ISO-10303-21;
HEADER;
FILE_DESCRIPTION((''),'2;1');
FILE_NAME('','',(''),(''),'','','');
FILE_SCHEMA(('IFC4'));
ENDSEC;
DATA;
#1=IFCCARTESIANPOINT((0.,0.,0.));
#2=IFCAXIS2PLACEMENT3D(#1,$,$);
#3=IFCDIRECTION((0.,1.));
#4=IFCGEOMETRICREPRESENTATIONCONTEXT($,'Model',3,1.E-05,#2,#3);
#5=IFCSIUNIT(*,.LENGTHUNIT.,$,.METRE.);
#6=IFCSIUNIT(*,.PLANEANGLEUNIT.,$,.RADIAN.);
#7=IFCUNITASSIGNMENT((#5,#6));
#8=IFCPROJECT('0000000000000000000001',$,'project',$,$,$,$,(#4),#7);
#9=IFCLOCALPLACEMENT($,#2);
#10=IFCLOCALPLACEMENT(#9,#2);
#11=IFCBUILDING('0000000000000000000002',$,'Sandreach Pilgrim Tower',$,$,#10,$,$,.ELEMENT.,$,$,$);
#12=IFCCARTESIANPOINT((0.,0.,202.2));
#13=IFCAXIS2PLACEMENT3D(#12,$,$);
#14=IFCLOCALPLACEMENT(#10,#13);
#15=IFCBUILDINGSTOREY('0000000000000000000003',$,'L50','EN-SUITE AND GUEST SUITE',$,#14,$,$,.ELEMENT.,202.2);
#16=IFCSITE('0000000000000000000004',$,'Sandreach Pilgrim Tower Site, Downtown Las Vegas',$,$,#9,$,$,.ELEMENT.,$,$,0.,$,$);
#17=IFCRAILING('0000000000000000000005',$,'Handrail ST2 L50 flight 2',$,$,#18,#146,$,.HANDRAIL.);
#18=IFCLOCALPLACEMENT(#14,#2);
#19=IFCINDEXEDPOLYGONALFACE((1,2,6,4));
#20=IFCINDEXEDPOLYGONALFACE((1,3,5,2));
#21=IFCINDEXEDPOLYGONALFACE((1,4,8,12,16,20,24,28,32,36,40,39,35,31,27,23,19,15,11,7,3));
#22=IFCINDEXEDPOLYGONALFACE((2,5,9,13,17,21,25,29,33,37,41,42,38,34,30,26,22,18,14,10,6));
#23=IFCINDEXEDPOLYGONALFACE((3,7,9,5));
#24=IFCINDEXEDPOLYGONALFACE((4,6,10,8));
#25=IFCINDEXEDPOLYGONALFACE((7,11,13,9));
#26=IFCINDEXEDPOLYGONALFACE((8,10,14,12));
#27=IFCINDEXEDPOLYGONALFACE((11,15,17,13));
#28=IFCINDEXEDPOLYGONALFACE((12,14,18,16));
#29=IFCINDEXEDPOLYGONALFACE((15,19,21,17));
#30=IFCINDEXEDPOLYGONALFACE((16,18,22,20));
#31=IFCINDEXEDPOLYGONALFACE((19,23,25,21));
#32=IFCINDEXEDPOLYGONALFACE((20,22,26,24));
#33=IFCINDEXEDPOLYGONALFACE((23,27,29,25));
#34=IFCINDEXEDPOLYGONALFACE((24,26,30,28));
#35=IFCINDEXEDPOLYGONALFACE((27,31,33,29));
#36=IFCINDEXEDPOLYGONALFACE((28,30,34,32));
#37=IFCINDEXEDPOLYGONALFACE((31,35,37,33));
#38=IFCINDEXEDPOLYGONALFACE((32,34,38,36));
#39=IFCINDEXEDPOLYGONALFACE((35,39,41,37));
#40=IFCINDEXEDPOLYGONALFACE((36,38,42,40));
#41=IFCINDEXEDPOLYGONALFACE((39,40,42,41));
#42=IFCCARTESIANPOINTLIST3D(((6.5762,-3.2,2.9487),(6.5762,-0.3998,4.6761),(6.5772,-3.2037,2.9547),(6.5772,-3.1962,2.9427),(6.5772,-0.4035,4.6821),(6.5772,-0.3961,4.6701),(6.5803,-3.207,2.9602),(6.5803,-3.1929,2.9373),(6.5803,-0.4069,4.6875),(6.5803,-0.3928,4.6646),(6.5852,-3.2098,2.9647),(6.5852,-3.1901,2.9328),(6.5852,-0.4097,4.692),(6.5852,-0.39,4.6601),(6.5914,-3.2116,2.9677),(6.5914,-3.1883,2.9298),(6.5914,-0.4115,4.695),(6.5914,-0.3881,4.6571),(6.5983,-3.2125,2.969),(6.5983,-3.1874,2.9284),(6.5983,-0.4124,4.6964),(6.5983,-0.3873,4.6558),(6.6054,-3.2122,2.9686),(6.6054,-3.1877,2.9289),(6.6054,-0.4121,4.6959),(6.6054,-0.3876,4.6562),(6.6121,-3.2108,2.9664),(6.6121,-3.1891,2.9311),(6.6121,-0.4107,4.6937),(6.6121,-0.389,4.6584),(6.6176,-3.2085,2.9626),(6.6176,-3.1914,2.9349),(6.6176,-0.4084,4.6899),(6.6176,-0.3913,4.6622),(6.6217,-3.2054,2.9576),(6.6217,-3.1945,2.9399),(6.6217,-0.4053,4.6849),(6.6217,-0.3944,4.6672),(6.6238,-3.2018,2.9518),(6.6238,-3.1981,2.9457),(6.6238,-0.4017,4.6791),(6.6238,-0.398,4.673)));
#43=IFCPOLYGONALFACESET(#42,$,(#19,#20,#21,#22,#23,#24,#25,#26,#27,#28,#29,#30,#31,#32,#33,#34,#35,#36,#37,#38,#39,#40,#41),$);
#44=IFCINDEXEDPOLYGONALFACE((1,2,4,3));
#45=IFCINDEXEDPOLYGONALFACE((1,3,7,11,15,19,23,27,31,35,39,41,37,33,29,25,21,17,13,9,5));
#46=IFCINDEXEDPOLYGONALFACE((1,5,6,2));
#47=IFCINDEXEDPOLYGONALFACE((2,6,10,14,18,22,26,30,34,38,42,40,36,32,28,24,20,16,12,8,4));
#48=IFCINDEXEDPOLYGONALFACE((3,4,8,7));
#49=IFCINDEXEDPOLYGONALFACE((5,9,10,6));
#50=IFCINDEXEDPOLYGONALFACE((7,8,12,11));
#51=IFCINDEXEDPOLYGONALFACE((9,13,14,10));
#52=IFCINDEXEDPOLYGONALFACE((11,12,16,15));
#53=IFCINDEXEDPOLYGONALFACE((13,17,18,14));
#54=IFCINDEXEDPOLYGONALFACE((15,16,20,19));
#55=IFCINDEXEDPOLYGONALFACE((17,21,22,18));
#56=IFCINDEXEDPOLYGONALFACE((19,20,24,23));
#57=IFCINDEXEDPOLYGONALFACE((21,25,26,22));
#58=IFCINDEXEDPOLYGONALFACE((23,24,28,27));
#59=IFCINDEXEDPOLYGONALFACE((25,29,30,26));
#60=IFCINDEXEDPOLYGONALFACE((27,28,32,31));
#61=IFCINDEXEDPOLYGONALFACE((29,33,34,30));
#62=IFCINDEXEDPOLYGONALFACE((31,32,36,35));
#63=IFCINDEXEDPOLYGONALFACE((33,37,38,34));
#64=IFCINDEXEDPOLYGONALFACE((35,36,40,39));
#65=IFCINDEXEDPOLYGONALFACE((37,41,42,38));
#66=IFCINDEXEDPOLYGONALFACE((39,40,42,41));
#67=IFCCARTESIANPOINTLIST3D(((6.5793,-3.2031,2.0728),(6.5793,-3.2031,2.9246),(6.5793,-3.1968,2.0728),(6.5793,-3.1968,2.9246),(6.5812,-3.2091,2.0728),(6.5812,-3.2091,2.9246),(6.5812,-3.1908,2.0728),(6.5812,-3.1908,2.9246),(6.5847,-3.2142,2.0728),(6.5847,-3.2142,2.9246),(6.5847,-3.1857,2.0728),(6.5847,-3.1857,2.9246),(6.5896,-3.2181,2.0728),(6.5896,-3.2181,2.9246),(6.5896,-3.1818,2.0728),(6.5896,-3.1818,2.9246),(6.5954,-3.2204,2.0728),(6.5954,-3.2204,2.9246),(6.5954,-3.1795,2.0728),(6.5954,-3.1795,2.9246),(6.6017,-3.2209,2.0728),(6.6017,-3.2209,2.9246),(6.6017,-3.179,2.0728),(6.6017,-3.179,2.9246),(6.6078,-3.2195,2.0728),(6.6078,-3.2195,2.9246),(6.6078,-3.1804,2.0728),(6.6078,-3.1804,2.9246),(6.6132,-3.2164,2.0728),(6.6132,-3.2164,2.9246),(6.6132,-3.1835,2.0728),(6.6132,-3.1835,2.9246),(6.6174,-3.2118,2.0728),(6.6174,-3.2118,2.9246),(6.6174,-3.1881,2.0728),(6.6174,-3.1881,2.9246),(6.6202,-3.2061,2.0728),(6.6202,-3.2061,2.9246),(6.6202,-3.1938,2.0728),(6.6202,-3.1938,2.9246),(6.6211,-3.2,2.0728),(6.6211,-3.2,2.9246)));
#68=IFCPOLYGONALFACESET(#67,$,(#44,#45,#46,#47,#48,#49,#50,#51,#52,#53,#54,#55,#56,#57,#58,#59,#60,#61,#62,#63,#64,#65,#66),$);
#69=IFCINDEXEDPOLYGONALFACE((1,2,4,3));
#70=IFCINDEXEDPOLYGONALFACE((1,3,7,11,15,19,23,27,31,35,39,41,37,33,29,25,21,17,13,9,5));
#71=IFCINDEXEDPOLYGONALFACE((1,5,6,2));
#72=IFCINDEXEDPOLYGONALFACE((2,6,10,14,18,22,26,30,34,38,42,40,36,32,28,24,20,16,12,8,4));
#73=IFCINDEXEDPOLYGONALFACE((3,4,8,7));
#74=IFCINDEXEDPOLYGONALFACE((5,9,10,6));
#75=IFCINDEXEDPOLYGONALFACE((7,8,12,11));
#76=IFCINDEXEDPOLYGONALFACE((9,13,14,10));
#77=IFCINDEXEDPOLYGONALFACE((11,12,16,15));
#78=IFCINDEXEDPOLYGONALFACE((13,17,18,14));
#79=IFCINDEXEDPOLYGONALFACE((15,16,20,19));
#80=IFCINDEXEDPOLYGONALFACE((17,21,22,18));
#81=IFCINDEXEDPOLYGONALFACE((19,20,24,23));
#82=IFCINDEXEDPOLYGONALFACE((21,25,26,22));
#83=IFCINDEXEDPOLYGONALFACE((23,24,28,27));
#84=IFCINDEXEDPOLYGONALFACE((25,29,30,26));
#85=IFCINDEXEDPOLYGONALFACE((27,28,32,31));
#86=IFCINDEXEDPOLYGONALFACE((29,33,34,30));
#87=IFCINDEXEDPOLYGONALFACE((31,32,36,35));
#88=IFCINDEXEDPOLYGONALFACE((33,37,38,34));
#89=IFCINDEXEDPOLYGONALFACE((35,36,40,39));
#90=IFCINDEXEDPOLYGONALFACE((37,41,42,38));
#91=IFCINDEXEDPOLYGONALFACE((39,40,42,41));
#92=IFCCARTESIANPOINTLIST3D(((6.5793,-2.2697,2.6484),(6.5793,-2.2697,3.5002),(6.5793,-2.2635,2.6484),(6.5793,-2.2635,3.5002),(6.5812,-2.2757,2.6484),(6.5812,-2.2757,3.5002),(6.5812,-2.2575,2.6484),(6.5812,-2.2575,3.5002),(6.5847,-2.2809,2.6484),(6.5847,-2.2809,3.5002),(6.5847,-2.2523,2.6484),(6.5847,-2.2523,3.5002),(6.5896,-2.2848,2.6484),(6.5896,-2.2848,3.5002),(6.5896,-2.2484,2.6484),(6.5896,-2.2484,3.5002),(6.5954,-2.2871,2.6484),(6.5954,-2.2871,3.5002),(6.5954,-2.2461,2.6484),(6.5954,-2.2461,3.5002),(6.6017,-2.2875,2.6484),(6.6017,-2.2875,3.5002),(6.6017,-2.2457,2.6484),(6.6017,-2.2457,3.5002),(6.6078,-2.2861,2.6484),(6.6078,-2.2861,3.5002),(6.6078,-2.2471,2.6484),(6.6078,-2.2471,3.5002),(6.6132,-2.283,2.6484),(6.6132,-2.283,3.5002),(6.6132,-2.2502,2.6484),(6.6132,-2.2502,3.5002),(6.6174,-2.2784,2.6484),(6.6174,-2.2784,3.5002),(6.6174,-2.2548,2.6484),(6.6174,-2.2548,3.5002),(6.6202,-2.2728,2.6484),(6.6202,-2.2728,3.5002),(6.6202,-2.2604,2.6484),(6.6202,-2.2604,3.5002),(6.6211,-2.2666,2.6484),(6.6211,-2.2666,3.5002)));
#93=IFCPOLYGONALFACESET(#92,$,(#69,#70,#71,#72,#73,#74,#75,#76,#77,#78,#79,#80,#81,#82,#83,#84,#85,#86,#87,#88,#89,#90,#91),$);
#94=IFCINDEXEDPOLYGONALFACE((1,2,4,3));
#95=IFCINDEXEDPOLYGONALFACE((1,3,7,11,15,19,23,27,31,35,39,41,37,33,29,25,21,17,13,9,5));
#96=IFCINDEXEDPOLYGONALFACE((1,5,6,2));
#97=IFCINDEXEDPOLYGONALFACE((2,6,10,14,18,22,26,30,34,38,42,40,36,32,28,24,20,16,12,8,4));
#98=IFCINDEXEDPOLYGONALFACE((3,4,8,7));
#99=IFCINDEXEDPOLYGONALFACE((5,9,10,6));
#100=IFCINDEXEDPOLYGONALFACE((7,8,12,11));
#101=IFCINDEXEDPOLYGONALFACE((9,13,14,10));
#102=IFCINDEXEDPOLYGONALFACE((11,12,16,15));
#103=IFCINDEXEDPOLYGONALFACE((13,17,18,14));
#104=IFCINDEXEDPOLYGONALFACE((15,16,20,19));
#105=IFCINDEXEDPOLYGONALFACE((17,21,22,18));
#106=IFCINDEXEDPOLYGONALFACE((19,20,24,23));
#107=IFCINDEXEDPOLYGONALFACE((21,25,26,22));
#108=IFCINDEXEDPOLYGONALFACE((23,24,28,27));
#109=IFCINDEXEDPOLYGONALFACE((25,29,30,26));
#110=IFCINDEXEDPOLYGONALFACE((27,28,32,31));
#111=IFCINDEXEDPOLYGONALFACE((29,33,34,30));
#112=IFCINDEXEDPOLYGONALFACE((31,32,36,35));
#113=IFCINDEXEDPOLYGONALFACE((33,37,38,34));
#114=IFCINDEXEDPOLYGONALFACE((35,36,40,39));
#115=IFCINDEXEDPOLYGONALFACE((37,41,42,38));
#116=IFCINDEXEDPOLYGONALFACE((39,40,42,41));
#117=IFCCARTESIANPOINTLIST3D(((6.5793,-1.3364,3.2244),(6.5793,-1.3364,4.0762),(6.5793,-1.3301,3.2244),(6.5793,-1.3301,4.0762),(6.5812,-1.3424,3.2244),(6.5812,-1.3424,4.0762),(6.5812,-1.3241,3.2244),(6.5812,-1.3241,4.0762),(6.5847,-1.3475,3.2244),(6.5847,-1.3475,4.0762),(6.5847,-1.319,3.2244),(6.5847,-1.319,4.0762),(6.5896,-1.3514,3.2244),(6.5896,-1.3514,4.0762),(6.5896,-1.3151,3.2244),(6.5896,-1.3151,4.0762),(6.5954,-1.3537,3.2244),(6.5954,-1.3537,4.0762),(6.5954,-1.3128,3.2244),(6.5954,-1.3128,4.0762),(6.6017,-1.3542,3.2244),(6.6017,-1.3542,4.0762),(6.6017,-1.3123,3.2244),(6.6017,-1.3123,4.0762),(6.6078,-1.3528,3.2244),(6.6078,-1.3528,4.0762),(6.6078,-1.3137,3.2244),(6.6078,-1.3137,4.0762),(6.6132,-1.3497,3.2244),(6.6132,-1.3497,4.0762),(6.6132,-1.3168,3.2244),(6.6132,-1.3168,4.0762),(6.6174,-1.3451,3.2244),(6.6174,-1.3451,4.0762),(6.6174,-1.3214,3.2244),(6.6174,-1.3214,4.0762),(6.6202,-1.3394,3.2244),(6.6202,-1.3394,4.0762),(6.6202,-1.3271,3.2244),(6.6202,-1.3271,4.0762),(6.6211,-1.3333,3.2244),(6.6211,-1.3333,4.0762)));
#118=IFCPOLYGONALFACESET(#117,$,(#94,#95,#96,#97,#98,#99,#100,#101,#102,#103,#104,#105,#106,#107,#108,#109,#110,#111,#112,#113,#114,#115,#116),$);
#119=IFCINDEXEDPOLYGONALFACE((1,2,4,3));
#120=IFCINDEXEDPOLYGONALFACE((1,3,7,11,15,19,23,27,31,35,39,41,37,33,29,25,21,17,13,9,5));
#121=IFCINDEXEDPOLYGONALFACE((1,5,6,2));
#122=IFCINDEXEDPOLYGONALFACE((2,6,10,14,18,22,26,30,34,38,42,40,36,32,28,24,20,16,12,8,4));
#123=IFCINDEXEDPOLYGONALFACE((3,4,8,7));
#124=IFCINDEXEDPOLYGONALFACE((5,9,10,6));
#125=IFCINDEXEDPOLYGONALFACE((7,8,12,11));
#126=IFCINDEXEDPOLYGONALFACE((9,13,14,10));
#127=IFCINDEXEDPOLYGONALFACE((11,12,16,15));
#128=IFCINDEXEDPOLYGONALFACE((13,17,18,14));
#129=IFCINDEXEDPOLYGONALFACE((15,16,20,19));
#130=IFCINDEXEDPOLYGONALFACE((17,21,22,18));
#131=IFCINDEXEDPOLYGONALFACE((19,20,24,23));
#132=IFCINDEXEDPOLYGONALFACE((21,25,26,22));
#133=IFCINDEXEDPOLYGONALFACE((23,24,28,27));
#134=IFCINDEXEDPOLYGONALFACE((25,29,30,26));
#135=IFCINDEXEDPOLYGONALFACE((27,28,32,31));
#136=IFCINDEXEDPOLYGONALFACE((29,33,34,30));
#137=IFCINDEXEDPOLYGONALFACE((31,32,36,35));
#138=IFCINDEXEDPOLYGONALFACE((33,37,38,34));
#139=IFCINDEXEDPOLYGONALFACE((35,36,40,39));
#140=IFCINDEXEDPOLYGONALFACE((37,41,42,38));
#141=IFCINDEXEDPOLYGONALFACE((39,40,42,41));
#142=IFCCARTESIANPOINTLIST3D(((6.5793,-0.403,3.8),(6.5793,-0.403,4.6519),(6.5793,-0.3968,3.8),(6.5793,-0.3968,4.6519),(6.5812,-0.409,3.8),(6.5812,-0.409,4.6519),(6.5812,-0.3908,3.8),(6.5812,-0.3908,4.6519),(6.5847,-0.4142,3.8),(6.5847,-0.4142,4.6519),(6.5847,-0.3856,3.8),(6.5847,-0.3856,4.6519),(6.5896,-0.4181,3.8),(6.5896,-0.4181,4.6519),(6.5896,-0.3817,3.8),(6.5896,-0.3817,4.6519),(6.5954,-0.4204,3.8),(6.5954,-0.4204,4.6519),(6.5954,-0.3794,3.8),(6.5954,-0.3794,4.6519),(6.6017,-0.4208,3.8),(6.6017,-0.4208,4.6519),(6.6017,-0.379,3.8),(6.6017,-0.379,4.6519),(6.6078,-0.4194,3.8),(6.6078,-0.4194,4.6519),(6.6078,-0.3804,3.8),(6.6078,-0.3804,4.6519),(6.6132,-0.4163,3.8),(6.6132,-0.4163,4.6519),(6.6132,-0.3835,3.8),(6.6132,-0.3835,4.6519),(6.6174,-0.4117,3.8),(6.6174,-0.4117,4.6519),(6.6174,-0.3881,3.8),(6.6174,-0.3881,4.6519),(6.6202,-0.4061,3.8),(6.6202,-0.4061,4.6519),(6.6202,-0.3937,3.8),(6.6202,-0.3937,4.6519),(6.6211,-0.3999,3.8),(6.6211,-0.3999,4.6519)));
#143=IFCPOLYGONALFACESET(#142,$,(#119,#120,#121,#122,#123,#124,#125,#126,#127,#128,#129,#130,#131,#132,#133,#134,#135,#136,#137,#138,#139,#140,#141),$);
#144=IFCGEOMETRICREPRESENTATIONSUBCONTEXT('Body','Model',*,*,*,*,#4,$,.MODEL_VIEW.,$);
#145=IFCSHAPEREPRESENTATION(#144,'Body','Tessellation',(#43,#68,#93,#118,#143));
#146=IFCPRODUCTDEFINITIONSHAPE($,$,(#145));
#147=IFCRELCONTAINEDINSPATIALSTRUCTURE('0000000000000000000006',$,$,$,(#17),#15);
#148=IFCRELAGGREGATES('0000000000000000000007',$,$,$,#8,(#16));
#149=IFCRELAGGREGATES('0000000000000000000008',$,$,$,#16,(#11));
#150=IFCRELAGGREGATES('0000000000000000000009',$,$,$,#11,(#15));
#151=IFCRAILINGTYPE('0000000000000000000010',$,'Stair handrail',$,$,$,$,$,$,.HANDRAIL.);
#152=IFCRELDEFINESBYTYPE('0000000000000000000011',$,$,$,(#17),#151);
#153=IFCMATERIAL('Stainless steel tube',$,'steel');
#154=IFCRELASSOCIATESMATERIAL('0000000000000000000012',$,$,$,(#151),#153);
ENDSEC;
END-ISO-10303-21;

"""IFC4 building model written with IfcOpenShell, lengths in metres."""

from ifc_helpers import new_model, si_unit, direction, frame, origin, origin_2d, place, context, subcontext, project, spatial, circle, extrude, material, type_object, element, save


model = new_model("IFC4")

# Units and contexts
model_context = context("Model", 3, precision=1e-05, world=origin(), true_north=direction((0.0, 1.0)))
body_context = subcontext(model_context, "Body", "Model", "MODEL_VIEW")
ifc_project = project(units=[si_unit("LENGTHUNIT", "METRE"), si_unit("PLANEANGLEUNIT", "RADIAN")], contexts=[model_context])

# Site, building, storey
site_placement = place(None, origin())
site = spatial("IfcSite", under=ifc_project, at=site_placement, Name="Sandreach Pilgrim Tower Site, Downtown Las Vegas", CompositionType="ELEMENT", RefElevation=0.0)
building_placement = place(site_placement, origin())
building = spatial("IfcBuilding", under=site, at=building_placement, Name="Sandreach Pilgrim Tower", CompositionType="ELEMENT")
storey_placement = place(building_placement, frame((0.0, 0.0, 202.2)))
storey = spatial("IfcBuildingStorey", under=building, at=storey_placement, Name="L50", Description="EN-SUITE AND GUEST SUITE", CompositionType="ELEMENT", Elevation=202.2)

# Railing
ifc_material_1 = material(Name="Stainless steel tube", Category="steel")
railing_type = type_object("IfcRailingType", Name="Stair handrail", PredefinedType="HANDRAIL", material=ifc_material_1)
for number, where, name in (
    (1, (6.6001, -3.2, 2.0728), "Handrail ST2 L50 flight 2"),
):
    element("IfcRailing", number, at=place(storey_placement, frame(where)), inside=storey, type_object=railing_type, Name=name, PredefinedType="HANDRAIL", context=body_context, shape_type="SweptSolid", body=[
        extrude(circle(Radius=0.0239, at=origin_2d()), frame((0.0, 0.0, 0.876), z_axis=(0.0, 0.85109, 0.52502), x_axis=(-1.0, 0.0, 0.0)), (0.0, 0.0, 1.0), 3.29),
        extrude(circle(Radius=0.021, at=origin_2d()), origin(), (0.0, 0.0, 1.0), 0.8518),
        extrude(circle(Radius=0.021, at=origin_2d()), frame((0.0, 0.9333, 0.5757)), (0.0, 0.0, 1.0), 0.8518),
        extrude(circle(Radius=0.021, at=origin_2d()), frame((0.0, 1.8667, 1.1516)), (0.0, 0.0, 1.0), 0.8518),
        extrude(circle(Radius=0.021, at=origin_2d()), frame((0.0, 2.8, 1.7273)), (0.0, 0.0, 1.0), 0.8518),
    ])

save(model, "model.ifc")
